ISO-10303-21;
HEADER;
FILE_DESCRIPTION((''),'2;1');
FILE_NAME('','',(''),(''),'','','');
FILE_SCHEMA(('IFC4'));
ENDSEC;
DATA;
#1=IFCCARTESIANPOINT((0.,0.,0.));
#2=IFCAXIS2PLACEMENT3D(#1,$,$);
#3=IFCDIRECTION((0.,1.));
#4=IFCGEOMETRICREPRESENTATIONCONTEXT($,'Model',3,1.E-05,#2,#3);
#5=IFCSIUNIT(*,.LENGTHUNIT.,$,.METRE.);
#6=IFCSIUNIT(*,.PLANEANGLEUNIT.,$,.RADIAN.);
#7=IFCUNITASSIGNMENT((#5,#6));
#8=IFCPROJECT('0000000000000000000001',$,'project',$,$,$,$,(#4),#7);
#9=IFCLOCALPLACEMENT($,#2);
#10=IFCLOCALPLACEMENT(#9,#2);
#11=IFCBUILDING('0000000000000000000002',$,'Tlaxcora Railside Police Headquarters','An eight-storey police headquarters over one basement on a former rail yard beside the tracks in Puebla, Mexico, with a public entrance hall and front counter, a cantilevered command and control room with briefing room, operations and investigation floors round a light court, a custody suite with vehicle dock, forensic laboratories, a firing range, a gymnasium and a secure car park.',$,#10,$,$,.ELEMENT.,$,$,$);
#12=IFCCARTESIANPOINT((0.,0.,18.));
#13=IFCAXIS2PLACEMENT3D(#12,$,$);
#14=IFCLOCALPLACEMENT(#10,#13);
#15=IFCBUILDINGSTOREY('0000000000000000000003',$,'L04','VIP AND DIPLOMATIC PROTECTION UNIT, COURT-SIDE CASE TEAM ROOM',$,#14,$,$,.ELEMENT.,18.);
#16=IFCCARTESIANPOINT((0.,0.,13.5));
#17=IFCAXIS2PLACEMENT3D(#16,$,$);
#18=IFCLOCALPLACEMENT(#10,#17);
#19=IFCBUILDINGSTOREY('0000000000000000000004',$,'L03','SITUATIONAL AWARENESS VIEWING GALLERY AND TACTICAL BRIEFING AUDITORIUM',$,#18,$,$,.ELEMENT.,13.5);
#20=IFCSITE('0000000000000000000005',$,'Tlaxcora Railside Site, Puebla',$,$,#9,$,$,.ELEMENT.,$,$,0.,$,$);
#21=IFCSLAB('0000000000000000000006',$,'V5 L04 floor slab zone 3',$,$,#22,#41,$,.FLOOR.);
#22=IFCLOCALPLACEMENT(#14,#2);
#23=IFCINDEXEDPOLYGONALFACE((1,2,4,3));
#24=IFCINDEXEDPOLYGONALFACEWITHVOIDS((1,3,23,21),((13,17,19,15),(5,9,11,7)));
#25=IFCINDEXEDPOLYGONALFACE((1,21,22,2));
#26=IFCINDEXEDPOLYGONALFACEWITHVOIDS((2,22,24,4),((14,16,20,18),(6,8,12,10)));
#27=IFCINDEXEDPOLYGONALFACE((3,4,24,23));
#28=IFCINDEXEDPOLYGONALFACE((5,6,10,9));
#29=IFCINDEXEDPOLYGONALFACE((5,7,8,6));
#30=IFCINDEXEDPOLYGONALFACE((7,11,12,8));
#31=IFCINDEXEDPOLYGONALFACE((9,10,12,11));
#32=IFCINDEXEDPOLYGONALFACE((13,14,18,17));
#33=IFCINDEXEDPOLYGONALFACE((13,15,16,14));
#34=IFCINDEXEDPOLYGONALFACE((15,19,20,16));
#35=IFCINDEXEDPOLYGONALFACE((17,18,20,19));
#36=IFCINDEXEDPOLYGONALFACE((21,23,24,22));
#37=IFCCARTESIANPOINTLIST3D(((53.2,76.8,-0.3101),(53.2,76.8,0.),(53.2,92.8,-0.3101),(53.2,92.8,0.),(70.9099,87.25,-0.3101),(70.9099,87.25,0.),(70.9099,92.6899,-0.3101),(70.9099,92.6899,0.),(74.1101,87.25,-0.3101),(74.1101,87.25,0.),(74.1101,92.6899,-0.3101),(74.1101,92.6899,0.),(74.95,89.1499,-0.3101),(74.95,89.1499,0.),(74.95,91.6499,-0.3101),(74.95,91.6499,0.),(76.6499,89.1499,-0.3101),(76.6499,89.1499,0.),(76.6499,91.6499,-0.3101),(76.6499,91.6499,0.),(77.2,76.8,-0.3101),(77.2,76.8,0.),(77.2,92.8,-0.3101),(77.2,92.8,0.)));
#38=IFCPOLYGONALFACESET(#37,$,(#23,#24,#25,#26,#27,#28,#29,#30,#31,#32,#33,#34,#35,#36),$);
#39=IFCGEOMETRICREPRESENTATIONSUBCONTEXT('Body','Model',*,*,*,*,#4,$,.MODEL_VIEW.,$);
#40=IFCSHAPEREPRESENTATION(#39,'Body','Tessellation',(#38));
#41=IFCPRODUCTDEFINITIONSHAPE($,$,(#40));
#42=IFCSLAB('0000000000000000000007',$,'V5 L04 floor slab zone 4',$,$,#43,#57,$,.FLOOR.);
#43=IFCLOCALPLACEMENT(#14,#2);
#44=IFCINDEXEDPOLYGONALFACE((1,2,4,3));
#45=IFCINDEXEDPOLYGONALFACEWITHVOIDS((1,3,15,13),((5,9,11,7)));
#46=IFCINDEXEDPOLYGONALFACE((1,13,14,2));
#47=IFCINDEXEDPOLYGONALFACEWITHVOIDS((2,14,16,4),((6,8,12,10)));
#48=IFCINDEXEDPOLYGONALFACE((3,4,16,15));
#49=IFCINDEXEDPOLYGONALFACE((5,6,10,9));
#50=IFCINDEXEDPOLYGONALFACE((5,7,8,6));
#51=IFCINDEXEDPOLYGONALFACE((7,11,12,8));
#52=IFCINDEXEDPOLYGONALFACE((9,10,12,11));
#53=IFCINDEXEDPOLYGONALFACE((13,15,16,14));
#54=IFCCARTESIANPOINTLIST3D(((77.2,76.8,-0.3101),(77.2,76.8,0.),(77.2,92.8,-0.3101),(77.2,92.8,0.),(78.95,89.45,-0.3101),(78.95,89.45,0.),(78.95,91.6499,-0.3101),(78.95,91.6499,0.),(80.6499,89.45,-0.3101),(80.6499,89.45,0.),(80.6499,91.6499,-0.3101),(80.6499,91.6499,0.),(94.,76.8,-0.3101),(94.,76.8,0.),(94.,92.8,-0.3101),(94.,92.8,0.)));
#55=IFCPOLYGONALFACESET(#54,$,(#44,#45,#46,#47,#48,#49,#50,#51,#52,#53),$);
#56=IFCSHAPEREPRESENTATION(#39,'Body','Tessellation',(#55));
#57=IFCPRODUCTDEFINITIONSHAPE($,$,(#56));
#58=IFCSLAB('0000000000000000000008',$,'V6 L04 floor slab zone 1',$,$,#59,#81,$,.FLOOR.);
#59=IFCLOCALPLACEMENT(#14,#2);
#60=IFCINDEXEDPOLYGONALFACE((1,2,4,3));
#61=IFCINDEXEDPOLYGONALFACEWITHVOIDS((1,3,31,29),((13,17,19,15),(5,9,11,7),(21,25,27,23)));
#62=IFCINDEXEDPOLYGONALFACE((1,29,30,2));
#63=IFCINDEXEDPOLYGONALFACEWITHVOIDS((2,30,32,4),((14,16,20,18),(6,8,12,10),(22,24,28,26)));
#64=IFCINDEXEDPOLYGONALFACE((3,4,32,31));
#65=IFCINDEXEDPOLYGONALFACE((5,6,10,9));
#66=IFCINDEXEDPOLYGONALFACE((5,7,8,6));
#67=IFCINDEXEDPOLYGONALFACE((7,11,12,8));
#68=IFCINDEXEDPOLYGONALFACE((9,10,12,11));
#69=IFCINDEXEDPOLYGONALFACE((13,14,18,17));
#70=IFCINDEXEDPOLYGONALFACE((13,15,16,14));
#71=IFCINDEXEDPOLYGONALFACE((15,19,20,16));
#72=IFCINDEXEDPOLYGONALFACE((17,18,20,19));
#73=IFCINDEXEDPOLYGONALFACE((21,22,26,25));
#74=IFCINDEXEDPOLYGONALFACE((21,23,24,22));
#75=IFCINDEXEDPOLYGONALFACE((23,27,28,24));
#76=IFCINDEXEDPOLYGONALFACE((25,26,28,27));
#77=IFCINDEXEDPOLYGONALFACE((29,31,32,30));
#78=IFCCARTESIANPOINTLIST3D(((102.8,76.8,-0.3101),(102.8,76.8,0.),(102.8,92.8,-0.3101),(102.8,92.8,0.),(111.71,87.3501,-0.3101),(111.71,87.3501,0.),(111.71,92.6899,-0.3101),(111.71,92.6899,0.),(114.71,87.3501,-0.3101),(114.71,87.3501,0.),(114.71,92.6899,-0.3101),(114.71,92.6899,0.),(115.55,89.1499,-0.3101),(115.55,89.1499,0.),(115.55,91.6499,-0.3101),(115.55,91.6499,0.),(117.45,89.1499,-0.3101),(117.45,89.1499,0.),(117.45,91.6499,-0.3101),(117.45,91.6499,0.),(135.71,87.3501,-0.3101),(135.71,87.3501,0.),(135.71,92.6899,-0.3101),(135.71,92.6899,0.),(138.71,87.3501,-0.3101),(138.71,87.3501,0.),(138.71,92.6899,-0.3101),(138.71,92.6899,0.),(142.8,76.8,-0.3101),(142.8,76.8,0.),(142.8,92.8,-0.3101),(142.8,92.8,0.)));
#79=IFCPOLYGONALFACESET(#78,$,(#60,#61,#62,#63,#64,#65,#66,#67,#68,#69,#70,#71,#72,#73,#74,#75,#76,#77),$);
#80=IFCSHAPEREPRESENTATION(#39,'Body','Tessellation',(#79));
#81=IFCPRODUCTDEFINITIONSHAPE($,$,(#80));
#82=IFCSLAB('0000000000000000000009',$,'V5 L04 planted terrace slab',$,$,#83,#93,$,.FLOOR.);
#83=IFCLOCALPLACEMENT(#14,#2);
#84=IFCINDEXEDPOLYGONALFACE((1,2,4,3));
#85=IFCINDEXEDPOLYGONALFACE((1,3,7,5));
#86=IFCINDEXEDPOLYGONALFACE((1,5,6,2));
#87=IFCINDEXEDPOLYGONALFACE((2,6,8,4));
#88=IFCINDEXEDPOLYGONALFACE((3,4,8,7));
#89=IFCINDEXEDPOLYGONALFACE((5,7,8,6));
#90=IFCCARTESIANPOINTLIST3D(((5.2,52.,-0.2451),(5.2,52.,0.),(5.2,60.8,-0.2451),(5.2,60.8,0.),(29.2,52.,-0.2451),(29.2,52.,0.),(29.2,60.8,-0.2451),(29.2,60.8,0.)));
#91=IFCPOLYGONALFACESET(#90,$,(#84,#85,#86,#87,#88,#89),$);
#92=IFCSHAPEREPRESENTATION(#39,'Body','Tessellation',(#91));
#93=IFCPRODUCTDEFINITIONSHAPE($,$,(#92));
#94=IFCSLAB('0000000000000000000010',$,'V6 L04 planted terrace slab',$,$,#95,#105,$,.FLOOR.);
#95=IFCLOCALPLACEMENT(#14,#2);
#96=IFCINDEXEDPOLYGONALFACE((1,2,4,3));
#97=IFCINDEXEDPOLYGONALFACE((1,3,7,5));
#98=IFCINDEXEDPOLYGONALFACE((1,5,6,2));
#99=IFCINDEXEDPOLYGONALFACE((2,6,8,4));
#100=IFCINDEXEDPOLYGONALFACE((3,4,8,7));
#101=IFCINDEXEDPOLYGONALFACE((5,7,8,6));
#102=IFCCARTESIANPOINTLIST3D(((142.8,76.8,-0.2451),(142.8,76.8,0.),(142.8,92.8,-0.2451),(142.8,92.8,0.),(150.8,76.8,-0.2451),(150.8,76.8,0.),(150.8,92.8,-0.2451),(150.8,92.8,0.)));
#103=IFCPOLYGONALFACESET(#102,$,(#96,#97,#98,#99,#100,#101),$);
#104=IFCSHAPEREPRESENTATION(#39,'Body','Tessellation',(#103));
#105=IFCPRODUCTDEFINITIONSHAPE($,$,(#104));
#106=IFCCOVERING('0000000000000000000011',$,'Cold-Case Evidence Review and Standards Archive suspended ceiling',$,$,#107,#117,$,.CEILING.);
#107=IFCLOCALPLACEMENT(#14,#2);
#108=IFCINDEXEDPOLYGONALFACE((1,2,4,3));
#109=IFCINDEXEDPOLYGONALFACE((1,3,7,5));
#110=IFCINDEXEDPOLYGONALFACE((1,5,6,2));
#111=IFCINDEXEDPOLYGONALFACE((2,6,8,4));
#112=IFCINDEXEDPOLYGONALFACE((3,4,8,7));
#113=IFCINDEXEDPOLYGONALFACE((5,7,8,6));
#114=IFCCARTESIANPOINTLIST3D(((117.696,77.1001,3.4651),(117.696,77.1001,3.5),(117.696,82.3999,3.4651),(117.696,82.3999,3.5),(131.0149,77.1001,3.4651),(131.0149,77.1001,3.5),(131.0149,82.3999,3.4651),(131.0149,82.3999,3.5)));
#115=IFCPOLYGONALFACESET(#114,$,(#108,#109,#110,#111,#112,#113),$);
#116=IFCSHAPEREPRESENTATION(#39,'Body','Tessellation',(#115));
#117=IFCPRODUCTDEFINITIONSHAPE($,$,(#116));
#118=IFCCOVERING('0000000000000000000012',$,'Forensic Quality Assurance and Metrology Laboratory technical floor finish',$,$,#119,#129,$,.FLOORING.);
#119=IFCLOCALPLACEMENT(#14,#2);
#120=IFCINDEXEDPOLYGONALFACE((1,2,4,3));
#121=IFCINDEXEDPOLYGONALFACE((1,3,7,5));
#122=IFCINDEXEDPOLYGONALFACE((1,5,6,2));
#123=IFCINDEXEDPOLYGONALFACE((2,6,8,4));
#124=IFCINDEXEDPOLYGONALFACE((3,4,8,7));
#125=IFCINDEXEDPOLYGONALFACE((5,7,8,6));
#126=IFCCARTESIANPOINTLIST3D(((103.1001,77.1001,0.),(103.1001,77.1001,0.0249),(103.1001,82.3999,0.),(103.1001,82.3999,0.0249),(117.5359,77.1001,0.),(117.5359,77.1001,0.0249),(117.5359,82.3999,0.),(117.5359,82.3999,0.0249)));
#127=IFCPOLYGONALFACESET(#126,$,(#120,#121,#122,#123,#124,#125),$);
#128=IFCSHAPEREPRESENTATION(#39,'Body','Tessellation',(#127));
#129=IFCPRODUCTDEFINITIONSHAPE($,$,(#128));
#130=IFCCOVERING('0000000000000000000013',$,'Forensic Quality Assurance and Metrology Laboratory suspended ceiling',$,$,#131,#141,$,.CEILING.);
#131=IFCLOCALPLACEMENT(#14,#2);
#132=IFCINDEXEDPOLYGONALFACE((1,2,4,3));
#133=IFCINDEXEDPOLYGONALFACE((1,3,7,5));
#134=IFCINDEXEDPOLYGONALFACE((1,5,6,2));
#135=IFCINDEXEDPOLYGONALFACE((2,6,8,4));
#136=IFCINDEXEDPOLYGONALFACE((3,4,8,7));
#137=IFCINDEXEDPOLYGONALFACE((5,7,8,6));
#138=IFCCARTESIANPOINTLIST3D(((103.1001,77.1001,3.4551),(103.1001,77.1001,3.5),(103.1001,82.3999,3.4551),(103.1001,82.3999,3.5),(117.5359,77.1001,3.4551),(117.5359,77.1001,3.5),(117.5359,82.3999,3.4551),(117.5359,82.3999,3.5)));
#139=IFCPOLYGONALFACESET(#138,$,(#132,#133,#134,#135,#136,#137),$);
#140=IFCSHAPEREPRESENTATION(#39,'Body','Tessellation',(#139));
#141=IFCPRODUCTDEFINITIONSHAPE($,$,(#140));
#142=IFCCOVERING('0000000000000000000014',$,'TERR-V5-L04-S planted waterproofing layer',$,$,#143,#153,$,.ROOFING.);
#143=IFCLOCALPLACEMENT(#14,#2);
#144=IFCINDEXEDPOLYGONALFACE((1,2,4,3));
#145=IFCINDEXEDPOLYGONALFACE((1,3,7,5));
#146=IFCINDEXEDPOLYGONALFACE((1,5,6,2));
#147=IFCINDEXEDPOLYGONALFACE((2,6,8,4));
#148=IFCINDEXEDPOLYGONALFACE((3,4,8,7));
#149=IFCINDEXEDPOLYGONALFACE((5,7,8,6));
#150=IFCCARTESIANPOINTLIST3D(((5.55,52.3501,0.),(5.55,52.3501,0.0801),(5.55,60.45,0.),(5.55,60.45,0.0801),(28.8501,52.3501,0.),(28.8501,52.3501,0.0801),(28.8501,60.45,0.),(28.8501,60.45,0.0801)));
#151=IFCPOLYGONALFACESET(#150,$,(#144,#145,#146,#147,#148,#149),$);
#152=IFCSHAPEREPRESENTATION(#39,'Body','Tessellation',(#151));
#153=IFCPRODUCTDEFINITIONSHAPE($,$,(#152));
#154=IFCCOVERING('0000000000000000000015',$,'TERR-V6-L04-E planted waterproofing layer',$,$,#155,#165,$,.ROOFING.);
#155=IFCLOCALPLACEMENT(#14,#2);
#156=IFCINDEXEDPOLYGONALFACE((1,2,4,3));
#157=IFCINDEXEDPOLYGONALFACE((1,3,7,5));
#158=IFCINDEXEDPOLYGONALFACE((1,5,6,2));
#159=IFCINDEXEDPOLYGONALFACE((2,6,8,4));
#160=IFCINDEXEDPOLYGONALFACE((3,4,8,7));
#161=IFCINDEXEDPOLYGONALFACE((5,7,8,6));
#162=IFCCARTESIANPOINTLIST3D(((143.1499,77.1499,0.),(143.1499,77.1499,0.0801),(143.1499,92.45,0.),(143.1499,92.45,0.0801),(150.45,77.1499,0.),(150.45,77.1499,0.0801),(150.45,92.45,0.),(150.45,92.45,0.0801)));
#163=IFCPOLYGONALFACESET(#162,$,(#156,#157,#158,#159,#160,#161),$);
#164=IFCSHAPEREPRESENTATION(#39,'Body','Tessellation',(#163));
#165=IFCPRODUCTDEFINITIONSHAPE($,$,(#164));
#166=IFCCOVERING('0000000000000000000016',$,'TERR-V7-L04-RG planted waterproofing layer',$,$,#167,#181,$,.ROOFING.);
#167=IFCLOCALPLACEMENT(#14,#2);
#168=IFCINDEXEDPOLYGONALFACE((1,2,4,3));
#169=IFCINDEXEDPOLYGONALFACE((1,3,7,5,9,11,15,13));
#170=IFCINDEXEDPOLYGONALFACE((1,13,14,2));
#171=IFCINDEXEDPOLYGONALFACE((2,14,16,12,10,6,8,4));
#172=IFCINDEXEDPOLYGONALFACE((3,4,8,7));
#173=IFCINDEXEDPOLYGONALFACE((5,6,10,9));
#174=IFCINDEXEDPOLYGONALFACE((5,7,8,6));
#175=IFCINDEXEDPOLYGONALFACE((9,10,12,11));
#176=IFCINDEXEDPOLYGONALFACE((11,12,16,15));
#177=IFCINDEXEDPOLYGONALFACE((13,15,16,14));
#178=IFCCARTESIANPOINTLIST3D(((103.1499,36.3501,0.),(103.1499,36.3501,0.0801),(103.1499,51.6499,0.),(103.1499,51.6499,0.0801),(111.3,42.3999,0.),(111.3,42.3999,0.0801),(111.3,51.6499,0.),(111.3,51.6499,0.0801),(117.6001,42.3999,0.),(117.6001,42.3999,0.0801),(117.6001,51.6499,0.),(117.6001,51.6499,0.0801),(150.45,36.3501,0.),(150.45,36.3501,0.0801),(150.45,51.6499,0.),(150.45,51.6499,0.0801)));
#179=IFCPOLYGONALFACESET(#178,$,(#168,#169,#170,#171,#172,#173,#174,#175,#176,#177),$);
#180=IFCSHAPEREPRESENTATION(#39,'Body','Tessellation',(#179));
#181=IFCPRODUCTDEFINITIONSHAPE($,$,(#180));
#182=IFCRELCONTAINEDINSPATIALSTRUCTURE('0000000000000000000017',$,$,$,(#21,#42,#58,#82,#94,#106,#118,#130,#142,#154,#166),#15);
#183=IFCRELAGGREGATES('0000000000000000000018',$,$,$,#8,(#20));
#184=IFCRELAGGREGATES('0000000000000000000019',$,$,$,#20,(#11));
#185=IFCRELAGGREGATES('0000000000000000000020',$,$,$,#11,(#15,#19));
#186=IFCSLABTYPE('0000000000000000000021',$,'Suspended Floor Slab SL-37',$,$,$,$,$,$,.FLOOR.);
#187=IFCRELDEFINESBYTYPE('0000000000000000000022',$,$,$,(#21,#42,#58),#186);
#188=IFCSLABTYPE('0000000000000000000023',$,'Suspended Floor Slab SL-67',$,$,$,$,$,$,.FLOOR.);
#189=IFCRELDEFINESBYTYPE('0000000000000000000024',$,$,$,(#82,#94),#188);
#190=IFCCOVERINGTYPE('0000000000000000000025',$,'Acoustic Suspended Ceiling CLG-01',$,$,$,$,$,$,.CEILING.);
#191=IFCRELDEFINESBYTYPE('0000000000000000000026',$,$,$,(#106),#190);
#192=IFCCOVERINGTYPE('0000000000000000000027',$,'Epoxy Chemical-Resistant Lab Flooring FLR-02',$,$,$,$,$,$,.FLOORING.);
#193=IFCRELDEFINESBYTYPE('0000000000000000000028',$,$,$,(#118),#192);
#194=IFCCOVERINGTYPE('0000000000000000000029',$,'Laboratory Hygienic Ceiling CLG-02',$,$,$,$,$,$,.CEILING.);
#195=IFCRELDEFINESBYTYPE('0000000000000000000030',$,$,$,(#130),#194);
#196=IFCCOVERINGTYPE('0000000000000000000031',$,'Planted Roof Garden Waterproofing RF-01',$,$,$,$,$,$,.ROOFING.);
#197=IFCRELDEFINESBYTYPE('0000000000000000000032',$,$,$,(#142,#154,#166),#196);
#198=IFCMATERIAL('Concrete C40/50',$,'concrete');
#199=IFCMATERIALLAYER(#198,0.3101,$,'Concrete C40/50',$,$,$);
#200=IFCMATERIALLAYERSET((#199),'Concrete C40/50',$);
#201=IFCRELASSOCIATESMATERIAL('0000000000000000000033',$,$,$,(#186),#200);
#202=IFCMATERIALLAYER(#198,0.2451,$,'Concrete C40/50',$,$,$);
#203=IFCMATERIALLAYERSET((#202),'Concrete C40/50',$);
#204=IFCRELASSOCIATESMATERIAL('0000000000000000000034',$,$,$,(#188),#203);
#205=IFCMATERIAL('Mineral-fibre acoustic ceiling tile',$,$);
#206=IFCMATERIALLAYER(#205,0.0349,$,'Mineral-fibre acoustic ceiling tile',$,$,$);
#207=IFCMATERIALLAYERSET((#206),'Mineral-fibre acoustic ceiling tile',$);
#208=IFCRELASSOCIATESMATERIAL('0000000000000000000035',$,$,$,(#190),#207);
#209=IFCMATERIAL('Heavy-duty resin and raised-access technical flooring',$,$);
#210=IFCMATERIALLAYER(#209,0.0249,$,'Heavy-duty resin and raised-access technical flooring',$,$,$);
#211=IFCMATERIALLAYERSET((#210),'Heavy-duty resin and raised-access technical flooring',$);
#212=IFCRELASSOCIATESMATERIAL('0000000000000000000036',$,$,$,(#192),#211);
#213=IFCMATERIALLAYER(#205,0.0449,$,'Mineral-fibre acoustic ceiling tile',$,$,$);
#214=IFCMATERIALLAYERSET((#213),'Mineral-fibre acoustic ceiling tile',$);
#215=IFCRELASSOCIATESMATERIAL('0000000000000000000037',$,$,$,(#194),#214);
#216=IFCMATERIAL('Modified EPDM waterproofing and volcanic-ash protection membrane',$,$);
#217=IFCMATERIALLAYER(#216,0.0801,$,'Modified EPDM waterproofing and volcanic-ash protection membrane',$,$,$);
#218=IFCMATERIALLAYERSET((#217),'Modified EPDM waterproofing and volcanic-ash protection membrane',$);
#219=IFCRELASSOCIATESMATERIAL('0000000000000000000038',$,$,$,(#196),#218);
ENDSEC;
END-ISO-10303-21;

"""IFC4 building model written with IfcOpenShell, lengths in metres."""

from ifc_helpers import new_model, si_unit, direction, frame, origin, place, context, subcontext, project, spatial, polyline, outline, extrude, material, layer, layer_set, type_object, element, save


model = new_model("IFC4")

# Units and contexts
model_context = context("Model", 3, precision=1e-05, world=origin(), true_north=direction((0.0, 1.0)))
body_context = subcontext(model_context, "Body", "Model", "MODEL_VIEW")
ifc_project = project(units=[si_unit("LENGTHUNIT", "METRE"), si_unit("PLANEANGLEUNIT", "RADIAN")], contexts=[model_context])

# Site, building, storey
site_placement = place(None, origin())
site = spatial("IfcSite", under=ifc_project, at=site_placement, Name="Tlaxcora Railside Site, Puebla", CompositionType="ELEMENT", RefElevation=0.0)
building_placement = place(site_placement, origin())
building = spatial("IfcBuilding", under=site, at=building_placement, Name="Tlaxcora Railside Police Headquarters", Description="An eight-storey police headquarters over one basement on a former rail yard beside the tracks in Puebla, Mexico, with a public entrance hall and front counter, a cantilevered command and control room with briefing room, operations and investigation floors round a light court, a custody suite with vehicle dock, forensic laboratories, a firing range, a gymnasium and a secure car park.", CompositionType="ELEMENT")
storey_1_placement = place(building_placement, frame((0.0, 0.0, 18.0)))
storey_1 = spatial("IfcBuildingStorey", under=building, at=storey_1_placement, Name="L04", Description="VIP AND DIPLOMATIC PROTECTION UNIT, COURT-SIDE CASE TEAM ROOM", CompositionType="ELEMENT", Elevation=18.0)

# Shared definitions
ifc_material_1 = material(Name="Concrete C40/50", Category="concrete")

# Shared definitions
storey_2_placement = place(building_placement, frame((0.0, 0.0, 13.5)))
storey_2 = spatial("IfcBuildingStorey", under=building, at=storey_2_placement, Name="L03", Description="SITUATIONAL AWARENESS VIEWING GALLERY AND TACTICAL BRIEFING AUDITORIUM", CompositionType="ELEMENT", Elevation=13.5)

# Slabs
ifc_layer_1 = layer(ifc_material_1, 0.3101, Name="Concrete C40/50")
ifc_layer_set_1 = layer_set([ifc_layer_1], Name="Concrete C40/50")
slab_type_1 = type_object("IfcSlabType", Name="Suspended Floor Slab SL-37", PredefinedType="FLOOR", material=ifc_layer_set_1)
slab_1_placement = place(storey_1_placement, frame((0.0, 0.0, -0.3101)))
element("IfcSlab", 1, at=slab_1_placement, inside=storey_1, type_object=slab_type_1, Name="V5 L04 floor slab zone 3", PredefinedType="FLOOR", context=body_context, shape_type="SweptSolid", body=[
    extrude(outline(polyline([(77.2, 92.8), (53.2, 92.8), (53.2, 76.8), (77.2, 76.8), (77.2, 92.8)]), holes=[polyline([(70.9099, 92.6899), (74.1101, 92.6899), (74.1101, 87.25), (70.9099, 87.25), (70.9099, 92.6899)]), polyline([(76.6499, 91.6499), (76.6499, 89.1499), (74.95, 89.1499), (74.95, 91.6499), (76.6499, 91.6499)])]), origin(), (0.0, 0.0, 1.0), 0.3101),
])
slab_2_placement = place(storey_1_placement, frame((0.0, 0.0, -0.3101)))
element("IfcSlab", 2, at=slab_2_placement, inside=storey_1, type_object=slab_type_1, Name="V5 L04 floor slab zone 4", PredefinedType="FLOOR", context=body_context, shape_type="SweptSolid", body=[
    extrude(outline(polyline([(94.0, 92.8), (77.2, 92.8), (77.2, 76.8), (94.0, 76.8), (94.0, 92.8)]), holes=[polyline([(80.6499, 89.45), (78.95, 89.45), (78.95, 91.6499), (80.6499, 91.6499), (80.6499, 89.45)])]), origin(), (0.0, 0.0, 1.0), 0.3101),
])
slab_3_placement = place(storey_1_placement, frame((0.0, 0.0, -0.3101)))
element("IfcSlab", 3, at=slab_3_placement, inside=storey_1, type_object=slab_type_1, Name="V6 L04 floor slab zone 1", PredefinedType="FLOOR", context=body_context, shape_type="SweptSolid", body=[
    extrude(outline(polyline([(142.8, 92.8), (102.8, 92.8), (102.8, 76.8), (142.8, 76.8), (142.8, 92.8)]), holes=[polyline([(111.71, 92.6899), (114.71, 92.6899), (114.71, 87.3501), (111.71, 87.3501), (111.71, 92.6899)]), polyline([(117.45, 91.6499), (117.45, 89.1499), (115.55, 89.1499), (115.55, 91.6499), (117.45, 91.6499)]), polyline([(138.71, 87.3501), (135.71, 87.3501), (135.71, 92.6899), (138.71, 92.6899), (138.71, 87.3501)])]), origin(), (0.0, 0.0, 1.0), 0.3101),
])
ifc_layer_2 = layer(ifc_material_1, 0.2451, Name="Concrete C40/50")
ifc_layer_set_2 = layer_set([ifc_layer_2], Name="Concrete C40/50")
slab_type_2 = type_object("IfcSlabType", Name="Suspended Floor Slab SL-67", PredefinedType="FLOOR", material=ifc_layer_set_2)
slab_4_placement = place(storey_1_placement, frame((0.0, 0.0, -0.2451)))
element("IfcSlab", 4, at=slab_4_placement, inside=storey_1, type_object=slab_type_2, Name="V5 L04 planted terrace slab", PredefinedType="FLOOR", context=body_context, shape_type="SweptSolid", body=[
    extrude(outline(polyline([(29.2, 52.0), (29.2, 60.8), (5.2, 60.8), (5.2, 52.0), (29.2, 52.0)])), origin(), (0.0, 0.0, 1.0), 0.2451),
])
slab_5_placement = place(storey_1_placement, frame((0.0, 0.0, -0.2451)))
element("IfcSlab", 5, at=slab_5_placement, inside=storey_1, type_object=slab_type_2, Name="V6 L04 planted terrace slab", PredefinedType="FLOOR", context=body_context, shape_type="SweptSolid", body=[
    extrude(outline(polyline([(150.8, 76.8), (150.8, 92.8), (142.8, 92.8), (142.8, 76.8), (150.8, 76.8)])), origin(), (0.0, 0.0, 1.0), 0.2451),
])

# Coverings
ifc_material_2 = material(Name="Mineral-fibre acoustic ceiling tile")
ifc_layer_3 = layer(ifc_material_2, 0.0349, Name="Mineral-fibre acoustic ceiling tile")
ifc_layer_set_3 = layer_set([ifc_layer_3], Name="Mineral-fibre acoustic ceiling tile")
covering_type_1 = type_object("IfcCoveringType", Name="Acoustic Suspended Ceiling CLG-01", PredefinedType="CEILING", material=ifc_layer_set_3)
covering_1_placement = place(storey_1_placement, frame((0.0, 0.0, 3.4651)))
element("IfcCovering", 6, at=covering_1_placement, inside=storey_1, type_object=covering_type_1, Name="Cold-Case Evidence Review and Standards Archive suspended ceiling", PredefinedType="CEILING", context=body_context, shape_type="SweptSolid", body=[
    extrude(outline(polyline([(117.696, 77.1001), (131.0149, 77.1001), (131.0149, 82.3999), (117.696, 82.3999), (117.696, 77.1001)])), origin(), (0.0, 0.0, 1.0), 0.0349),
])
ifc_material_3 = material(Name="Heavy-duty resin and raised-access technical flooring")
ifc_layer_4 = layer(ifc_material_3, 0.0249, Name="Heavy-duty resin and raised-access technical flooring")
ifc_layer_set_4 = layer_set([ifc_layer_4], Name="Heavy-duty resin and raised-access technical flooring")
covering_type_2 = type_object("IfcCoveringType", Name="Epoxy Chemical-Resistant Lab Flooring FLR-02", PredefinedType="FLOORING", material=ifc_layer_set_4)
covering_2_placement = place(storey_1_placement, origin())
element("IfcCovering", 7, at=covering_2_placement, inside=storey_1, type_object=covering_type_2, Name="Forensic Quality Assurance and Metrology Laboratory technical floor finish", PredefinedType="FLOORING", context=body_context, shape_type="SweptSolid", body=[
    extrude(outline(polyline([(103.1001, 77.1001), (117.5359, 77.1001), (117.5359, 82.3999), (103.1001, 82.3999), (103.1001, 77.1001)])), origin(), (0.0, 0.0, 1.0), 0.0249),
])
ifc_layer_5 = layer(ifc_material_2, 0.0449, Name="Mineral-fibre acoustic ceiling tile")
ifc_layer_set_5 = layer_set([ifc_layer_5], Name="Mineral-fibre acoustic ceiling tile")
covering_type_3 = type_object("IfcCoveringType", Name="Laboratory Hygienic Ceiling CLG-02", PredefinedType="CEILING", material=ifc_layer_set_5)
covering_3_placement = place(storey_1_placement, frame((0.0, 0.0, 3.4551)))
element("IfcCovering", 8, at=covering_3_placement, inside=storey_1, type_object=covering_type_3, Name="Forensic Quality Assurance and Metrology Laboratory suspended ceiling", PredefinedType="CEILING", context=body_context, shape_type="SweptSolid", body=[
    extrude(outline(polyline([(103.1001, 77.1001), (117.5359, 77.1001), (117.5359, 82.3999), (103.1001, 82.3999), (103.1001, 77.1001)])), origin(), (0.0, 0.0, 1.0), 0.0449),
])
ifc_material_4 = material(Name="Modified EPDM waterproofing and volcanic-ash protection membrane")
ifc_layer_6 = layer(ifc_material_4, 0.0801, Name="Modified EPDM waterproofing and volcanic-ash protection membrane")
ifc_layer_set_6 = layer_set([ifc_layer_6], Name="Modified EPDM waterproofing and volcanic-ash protection membrane")
covering_type_4 = type_object("IfcCoveringType", Name="Planted Roof Garden Waterproofing RF-01", PredefinedType="ROOFING", material=ifc_layer_set_6)
covering_4_placement = place(storey_1_placement, origin())
element("IfcCovering", 9, at=covering_4_placement, inside=storey_1, type_object=covering_type_4, Name="TERR-V5-L04-S planted waterproofing layer", PredefinedType="ROOFING", context=body_context, shape_type="SweptSolid", body=[
    extrude(outline(polyline([(28.8501, 52.3501), (28.8501, 60.45), (5.55, 60.45), (5.55, 52.3501), (28.8501, 52.3501)])), origin(), (0.0, 0.0, 1.0), 0.0801),
])
covering_5_placement = place(storey_1_placement, origin())
element("IfcCovering", 10, at=covering_5_placement, inside=storey_1, type_object=covering_type_4, Name="TERR-V6-L04-E planted waterproofing layer", PredefinedType="ROOFING", context=body_context, shape_type="SweptSolid", body=[
    extrude(outline(polyline([(150.45, 77.1499), (150.45, 92.45), (143.1499, 92.45), (143.1499, 77.1499), (150.45, 77.1499)])), origin(), (0.0, 0.0, 1.0), 0.0801),
])
covering_6_placement = place(storey_1_placement, origin())
element("IfcCovering", 11, at=covering_6_placement, inside=storey_1, type_object=covering_type_4, Name="TERR-V7-L04-RG planted waterproofing layer", PredefinedType="ROOFING", context=body_context, shape_type="SweptSolid", body=[
    extrude(outline(polyline([(150.45, 36.3501), (103.1499, 36.3501), (103.1499, 51.6499), (111.3, 51.6499), (111.3, 42.3999), (117.6001, 42.3999), (117.6001, 51.6499), (150.45, 51.6499), (150.45, 36.3501)])), origin(), (0.0, 0.0, 1.0), 0.0801),
])

save(model, "model.ifc")
